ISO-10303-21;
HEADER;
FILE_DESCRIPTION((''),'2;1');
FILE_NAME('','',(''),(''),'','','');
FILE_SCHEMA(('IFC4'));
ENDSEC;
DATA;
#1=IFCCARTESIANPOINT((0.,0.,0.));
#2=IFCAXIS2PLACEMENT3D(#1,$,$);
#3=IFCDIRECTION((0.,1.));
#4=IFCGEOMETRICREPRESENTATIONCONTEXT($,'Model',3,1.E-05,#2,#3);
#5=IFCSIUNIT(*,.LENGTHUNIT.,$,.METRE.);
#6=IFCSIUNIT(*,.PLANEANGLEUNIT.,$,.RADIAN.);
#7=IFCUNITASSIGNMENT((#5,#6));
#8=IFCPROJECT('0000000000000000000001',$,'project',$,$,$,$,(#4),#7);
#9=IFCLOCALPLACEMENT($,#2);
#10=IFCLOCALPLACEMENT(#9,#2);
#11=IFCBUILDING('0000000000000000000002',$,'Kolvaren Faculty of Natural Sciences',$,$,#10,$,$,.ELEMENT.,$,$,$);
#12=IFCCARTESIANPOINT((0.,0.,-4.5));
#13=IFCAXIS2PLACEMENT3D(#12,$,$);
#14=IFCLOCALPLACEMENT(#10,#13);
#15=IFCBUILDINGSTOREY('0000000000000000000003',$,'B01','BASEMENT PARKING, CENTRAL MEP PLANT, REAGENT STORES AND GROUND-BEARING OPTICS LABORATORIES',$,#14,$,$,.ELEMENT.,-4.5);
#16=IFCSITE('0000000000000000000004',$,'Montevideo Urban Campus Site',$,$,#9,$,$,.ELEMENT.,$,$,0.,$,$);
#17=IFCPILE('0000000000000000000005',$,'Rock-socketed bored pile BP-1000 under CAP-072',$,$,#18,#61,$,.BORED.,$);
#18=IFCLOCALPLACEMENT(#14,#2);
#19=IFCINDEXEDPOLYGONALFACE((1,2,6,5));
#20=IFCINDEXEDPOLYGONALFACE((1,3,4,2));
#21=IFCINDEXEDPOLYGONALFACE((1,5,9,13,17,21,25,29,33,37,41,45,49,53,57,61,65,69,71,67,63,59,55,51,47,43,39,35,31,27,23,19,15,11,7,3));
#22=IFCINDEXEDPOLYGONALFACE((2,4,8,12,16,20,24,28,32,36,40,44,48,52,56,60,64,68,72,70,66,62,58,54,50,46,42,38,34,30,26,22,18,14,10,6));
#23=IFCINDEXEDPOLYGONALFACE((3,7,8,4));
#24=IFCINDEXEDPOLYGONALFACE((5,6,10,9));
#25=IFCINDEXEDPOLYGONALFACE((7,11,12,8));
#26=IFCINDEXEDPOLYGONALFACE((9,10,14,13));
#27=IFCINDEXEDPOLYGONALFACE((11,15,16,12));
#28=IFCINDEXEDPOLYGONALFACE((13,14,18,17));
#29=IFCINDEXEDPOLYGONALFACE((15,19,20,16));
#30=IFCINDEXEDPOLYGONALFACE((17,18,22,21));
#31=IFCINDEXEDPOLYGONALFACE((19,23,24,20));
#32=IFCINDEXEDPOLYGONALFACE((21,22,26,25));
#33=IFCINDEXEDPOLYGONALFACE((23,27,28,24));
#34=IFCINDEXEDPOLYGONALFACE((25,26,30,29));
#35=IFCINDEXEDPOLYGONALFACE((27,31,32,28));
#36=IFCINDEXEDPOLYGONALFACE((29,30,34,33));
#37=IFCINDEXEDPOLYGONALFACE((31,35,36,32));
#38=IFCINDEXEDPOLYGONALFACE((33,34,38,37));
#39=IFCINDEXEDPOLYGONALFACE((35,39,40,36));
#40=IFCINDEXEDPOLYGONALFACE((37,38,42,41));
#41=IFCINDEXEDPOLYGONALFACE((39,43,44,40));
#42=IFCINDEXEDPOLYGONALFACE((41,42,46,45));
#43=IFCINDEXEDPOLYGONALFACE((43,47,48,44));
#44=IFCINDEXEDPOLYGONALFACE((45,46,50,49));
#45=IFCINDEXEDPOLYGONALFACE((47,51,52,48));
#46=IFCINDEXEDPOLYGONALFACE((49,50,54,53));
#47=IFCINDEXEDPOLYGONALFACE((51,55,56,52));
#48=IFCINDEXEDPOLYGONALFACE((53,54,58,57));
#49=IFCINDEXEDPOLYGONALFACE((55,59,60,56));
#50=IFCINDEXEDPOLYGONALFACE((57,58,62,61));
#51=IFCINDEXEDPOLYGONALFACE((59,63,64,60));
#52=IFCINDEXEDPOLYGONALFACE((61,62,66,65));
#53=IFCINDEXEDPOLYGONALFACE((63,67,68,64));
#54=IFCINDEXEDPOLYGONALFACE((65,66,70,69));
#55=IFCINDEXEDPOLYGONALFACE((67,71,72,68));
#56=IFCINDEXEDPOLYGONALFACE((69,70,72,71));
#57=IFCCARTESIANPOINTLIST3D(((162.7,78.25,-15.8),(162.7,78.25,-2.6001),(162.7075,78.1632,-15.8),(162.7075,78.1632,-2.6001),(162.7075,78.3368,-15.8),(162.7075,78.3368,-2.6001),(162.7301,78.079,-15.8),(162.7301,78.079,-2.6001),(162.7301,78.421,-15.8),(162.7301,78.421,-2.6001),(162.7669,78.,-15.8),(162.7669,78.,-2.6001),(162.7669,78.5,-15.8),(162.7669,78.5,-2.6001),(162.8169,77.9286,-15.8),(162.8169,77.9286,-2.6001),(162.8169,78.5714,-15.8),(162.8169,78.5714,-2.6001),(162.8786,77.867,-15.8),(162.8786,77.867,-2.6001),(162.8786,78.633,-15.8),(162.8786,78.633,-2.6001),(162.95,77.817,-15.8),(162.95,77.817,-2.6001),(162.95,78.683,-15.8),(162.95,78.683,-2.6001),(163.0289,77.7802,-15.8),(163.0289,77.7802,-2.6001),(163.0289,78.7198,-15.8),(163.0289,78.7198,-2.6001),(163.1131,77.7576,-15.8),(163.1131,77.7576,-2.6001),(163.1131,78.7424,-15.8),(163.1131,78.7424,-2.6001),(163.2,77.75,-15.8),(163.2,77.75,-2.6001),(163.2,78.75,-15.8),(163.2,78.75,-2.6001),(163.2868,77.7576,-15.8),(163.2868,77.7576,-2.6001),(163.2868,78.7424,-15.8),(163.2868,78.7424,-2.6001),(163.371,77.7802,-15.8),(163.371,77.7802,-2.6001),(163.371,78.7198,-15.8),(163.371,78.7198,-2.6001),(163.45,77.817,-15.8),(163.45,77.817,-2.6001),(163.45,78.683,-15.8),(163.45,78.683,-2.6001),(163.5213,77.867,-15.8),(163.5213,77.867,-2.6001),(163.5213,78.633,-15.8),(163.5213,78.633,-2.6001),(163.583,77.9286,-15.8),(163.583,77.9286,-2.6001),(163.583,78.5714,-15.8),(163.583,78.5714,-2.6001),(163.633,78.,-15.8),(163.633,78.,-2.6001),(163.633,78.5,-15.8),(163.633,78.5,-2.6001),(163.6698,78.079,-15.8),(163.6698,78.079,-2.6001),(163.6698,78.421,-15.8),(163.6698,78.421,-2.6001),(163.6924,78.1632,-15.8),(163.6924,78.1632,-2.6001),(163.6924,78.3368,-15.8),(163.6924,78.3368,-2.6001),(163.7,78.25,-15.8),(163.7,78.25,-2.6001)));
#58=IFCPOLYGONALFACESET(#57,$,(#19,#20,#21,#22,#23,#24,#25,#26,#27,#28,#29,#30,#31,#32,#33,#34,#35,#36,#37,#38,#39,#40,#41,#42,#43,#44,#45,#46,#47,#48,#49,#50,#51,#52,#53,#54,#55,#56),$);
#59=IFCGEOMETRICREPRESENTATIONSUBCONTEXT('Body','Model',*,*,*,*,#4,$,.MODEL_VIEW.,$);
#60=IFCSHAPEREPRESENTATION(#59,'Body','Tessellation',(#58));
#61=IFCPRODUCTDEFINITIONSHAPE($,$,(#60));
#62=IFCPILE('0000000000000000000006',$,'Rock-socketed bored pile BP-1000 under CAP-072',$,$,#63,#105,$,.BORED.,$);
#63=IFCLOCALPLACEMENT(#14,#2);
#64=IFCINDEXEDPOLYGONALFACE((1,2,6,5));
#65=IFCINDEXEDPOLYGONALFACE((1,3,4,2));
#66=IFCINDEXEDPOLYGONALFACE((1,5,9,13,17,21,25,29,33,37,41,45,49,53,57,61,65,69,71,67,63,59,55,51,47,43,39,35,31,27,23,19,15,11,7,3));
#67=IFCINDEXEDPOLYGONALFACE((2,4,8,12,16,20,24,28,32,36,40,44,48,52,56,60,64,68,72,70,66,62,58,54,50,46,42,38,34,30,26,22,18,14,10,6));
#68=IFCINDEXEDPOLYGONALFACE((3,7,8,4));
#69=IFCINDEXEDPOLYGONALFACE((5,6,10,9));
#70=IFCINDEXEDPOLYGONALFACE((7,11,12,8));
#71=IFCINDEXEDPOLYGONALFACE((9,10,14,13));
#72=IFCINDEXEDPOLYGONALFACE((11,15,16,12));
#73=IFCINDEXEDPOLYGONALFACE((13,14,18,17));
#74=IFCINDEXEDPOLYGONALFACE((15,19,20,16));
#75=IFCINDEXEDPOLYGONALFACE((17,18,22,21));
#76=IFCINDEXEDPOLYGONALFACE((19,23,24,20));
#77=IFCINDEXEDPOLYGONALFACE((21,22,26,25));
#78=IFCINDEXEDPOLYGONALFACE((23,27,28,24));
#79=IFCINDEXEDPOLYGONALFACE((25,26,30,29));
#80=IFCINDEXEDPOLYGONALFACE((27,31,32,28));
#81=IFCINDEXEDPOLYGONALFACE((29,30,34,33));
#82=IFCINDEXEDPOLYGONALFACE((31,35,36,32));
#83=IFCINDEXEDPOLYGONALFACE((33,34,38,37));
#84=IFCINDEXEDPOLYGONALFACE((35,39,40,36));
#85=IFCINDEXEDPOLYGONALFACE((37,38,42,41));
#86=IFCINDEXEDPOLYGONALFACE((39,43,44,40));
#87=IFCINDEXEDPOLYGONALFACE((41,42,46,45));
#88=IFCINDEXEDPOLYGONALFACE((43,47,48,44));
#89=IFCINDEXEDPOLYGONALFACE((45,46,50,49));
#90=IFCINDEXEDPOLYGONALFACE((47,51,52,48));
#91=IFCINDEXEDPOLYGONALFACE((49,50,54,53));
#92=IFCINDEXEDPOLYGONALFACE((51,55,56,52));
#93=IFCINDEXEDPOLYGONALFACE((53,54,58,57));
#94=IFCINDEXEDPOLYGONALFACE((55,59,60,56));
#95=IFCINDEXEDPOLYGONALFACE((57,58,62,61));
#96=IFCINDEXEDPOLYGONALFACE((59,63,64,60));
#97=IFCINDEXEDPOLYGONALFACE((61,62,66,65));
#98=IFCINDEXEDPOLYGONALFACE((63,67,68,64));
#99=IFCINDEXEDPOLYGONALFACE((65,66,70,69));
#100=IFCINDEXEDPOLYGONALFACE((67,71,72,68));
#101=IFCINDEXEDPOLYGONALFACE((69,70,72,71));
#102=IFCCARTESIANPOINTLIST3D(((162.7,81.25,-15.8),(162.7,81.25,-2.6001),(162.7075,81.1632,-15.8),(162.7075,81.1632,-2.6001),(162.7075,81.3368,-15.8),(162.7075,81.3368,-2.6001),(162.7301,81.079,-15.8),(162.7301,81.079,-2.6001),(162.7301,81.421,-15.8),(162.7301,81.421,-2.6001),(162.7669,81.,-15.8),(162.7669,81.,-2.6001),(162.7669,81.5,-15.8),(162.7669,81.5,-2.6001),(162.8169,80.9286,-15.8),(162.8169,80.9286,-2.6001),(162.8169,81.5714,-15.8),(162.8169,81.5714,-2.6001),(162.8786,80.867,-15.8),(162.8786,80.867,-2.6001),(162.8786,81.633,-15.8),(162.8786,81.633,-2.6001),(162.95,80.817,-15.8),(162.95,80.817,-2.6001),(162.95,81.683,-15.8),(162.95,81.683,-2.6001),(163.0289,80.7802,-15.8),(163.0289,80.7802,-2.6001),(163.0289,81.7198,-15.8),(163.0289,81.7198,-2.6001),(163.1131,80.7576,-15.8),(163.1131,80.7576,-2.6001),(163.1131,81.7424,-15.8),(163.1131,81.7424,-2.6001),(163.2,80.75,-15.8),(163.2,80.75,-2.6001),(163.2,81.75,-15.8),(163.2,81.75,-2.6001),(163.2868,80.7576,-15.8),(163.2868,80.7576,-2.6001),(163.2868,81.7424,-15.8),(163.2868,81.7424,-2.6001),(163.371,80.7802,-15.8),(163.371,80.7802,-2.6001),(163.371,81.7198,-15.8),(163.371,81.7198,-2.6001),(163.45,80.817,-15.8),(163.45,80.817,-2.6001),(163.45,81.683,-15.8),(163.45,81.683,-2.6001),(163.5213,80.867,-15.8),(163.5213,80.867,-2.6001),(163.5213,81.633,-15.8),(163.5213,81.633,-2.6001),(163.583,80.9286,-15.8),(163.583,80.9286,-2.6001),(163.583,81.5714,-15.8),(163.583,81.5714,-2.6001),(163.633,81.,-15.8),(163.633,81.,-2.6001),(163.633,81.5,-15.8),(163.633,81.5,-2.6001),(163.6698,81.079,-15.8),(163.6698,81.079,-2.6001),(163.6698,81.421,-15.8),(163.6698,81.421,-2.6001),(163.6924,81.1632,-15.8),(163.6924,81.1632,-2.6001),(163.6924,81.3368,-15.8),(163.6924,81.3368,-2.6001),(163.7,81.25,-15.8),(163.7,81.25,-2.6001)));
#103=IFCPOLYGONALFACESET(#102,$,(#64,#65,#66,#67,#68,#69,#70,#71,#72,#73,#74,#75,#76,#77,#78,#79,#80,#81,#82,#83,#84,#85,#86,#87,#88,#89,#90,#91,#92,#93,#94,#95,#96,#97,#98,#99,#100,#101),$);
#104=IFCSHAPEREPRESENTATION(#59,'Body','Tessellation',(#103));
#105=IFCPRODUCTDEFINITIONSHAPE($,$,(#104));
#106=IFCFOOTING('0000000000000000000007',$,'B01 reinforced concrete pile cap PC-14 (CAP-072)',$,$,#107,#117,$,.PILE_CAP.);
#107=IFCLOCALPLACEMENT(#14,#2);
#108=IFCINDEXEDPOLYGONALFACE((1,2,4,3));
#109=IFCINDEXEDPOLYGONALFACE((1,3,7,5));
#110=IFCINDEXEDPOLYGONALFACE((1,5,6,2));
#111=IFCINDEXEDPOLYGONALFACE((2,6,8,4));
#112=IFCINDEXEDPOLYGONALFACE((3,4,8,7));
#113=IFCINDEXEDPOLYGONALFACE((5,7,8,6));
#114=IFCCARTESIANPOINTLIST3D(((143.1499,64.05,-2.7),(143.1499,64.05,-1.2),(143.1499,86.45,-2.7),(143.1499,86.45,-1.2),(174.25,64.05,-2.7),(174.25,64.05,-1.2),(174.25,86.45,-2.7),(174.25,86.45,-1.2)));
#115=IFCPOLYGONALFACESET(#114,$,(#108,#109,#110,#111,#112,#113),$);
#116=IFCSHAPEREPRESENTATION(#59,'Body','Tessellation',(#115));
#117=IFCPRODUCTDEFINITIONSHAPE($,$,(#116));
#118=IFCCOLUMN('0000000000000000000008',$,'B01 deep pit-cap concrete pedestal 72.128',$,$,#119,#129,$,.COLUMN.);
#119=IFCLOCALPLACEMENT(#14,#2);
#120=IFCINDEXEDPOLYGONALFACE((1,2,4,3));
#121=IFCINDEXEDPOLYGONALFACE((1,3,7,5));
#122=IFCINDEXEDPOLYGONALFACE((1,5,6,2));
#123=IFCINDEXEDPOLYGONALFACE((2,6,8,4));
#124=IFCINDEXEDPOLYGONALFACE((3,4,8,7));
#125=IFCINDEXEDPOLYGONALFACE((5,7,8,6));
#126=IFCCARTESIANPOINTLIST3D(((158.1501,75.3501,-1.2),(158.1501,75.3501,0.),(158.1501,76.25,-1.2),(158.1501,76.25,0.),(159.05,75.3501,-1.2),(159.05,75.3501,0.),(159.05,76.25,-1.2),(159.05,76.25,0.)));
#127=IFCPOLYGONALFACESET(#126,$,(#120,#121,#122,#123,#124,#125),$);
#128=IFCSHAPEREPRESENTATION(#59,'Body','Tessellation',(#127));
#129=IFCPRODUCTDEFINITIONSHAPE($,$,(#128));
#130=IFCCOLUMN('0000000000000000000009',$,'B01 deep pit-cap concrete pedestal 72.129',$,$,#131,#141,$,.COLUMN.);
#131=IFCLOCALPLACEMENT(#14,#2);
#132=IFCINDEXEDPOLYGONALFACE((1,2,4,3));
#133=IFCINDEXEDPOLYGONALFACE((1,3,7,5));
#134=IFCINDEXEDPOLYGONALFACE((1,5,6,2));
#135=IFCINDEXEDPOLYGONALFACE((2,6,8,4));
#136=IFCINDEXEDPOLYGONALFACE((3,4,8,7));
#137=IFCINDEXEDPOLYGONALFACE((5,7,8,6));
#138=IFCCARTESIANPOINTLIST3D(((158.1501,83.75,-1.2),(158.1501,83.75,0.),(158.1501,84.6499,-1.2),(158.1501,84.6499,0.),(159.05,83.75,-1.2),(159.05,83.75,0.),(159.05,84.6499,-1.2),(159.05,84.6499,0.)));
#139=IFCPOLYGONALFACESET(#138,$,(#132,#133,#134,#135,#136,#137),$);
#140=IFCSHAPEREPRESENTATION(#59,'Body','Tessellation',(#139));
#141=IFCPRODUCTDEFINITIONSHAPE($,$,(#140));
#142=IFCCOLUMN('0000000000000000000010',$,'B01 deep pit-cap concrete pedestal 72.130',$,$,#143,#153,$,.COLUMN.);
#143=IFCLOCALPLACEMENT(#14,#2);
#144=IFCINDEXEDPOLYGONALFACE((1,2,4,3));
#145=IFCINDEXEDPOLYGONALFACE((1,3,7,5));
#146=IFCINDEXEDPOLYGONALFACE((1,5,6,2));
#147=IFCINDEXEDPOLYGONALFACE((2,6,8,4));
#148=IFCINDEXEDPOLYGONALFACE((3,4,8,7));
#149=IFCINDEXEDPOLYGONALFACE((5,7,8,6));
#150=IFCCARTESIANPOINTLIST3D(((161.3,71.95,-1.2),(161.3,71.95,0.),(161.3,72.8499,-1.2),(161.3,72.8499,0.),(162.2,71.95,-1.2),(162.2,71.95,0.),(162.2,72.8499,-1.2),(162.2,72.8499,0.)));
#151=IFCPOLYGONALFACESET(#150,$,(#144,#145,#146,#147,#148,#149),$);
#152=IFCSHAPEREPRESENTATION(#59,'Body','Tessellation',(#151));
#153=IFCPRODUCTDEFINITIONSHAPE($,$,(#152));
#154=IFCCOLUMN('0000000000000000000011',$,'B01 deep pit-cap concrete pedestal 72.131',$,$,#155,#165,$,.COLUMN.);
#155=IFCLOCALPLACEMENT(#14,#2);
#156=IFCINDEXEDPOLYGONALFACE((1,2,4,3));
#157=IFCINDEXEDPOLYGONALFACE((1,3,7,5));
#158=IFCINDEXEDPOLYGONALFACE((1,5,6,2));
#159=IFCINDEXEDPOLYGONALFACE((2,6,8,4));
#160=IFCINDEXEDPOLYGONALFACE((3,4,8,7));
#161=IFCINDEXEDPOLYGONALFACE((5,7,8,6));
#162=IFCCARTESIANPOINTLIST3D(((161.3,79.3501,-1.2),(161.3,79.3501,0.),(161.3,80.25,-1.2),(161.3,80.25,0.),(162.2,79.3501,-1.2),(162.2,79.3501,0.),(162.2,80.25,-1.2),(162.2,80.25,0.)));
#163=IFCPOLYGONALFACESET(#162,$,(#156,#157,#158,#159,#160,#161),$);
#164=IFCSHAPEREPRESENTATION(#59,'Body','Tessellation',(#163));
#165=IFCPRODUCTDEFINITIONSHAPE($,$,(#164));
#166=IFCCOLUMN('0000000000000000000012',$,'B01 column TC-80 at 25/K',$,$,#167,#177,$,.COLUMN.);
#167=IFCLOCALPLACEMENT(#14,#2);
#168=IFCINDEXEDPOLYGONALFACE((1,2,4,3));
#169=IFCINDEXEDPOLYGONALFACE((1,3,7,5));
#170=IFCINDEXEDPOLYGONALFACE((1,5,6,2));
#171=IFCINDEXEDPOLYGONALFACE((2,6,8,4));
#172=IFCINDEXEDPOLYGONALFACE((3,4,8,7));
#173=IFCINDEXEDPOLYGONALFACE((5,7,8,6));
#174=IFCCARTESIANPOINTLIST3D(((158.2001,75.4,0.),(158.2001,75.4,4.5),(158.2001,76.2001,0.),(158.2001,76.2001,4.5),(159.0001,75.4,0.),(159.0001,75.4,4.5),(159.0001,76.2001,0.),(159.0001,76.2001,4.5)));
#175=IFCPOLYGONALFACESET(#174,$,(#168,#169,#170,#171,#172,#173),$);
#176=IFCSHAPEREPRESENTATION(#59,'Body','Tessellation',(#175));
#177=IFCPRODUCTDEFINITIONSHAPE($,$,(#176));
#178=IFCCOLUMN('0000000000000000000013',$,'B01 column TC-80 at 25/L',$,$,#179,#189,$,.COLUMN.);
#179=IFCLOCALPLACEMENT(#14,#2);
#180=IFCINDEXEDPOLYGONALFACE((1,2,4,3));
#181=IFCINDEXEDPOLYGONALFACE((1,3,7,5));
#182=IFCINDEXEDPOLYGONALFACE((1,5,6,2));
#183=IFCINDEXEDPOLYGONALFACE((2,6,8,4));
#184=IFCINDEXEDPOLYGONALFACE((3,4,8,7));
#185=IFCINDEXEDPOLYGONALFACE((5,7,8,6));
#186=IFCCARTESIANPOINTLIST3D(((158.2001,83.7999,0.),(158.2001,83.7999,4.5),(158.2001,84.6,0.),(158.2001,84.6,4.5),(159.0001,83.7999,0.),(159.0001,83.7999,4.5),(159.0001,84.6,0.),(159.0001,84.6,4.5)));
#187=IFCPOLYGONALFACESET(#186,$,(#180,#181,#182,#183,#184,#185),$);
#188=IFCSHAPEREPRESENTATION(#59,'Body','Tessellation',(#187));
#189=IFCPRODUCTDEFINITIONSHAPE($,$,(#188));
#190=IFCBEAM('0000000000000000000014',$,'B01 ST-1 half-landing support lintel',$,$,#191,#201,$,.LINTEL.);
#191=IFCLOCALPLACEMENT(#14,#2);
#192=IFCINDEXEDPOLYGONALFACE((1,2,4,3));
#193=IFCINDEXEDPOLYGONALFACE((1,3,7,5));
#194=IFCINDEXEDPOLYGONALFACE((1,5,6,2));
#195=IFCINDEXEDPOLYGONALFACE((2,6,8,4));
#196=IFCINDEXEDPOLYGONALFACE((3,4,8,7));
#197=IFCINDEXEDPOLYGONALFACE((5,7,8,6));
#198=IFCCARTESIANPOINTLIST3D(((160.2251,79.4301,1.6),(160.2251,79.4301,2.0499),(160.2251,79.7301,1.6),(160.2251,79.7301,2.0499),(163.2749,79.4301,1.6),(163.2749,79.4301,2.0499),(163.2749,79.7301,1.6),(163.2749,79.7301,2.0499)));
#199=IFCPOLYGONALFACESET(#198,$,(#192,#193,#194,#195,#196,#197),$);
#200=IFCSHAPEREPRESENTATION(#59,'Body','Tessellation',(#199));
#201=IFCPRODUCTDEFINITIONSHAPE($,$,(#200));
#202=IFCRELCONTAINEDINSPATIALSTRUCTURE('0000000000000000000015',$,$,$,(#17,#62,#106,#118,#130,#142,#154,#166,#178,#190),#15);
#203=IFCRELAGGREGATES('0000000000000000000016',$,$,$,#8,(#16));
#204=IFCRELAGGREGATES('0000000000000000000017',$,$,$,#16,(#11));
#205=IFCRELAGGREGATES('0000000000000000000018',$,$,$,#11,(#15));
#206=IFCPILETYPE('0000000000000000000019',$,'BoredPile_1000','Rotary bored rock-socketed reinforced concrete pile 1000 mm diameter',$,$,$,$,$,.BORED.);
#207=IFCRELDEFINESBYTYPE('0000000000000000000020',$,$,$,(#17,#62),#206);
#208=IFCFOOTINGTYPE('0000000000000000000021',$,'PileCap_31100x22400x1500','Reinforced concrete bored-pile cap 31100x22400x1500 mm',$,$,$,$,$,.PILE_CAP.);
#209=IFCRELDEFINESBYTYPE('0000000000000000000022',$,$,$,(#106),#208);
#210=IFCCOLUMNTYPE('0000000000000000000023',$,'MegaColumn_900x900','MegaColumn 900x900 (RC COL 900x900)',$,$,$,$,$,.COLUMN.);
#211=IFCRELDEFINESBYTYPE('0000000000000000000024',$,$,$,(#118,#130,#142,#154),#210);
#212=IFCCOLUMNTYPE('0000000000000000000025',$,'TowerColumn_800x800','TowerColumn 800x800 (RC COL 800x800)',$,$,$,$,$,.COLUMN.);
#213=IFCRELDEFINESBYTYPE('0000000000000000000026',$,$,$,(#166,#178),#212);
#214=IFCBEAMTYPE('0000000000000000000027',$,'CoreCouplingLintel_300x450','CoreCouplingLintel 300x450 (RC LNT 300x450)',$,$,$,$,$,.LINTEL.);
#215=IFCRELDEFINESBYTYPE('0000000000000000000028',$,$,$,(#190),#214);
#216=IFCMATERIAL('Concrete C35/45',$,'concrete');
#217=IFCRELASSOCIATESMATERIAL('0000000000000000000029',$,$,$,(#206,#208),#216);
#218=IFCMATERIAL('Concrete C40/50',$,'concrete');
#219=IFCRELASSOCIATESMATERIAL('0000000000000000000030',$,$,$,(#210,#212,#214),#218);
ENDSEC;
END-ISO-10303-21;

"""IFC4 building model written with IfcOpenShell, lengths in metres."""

from ifc_helpers import new_model, si_unit, direction, frame, origin, origin_2d, place, context, subcontext, project, spatial, rectangle, circle, extrude, material, material_profile, profile_set, type_object, element, save


model = new_model("IFC4")

# Units and contexts
model_context = context("Model", 3, precision=1e-05, world=origin(), true_north=direction((0.0, 1.0)))
body_context = subcontext(model_context, "Body", "Model", "MODEL_VIEW")
ifc_project = project(units=[si_unit("LENGTHUNIT", "METRE"), si_unit("PLANEANGLEUNIT", "RADIAN")], contexts=[model_context])

# Site, building, storey
site_placement = place(None, origin())
site = spatial("IfcSite", under=ifc_project, at=site_placement, Name="Montevideo Urban Campus Site", CompositionType="ELEMENT", RefElevation=0.0)
building_placement = place(site_placement, origin())
building = spatial("IfcBuilding", under=site, at=building_placement, Name="Kolvaren Faculty of Natural Sciences", CompositionType="ELEMENT")
storey_placement = place(building_placement, frame((0.0, 0.0, -4.5)))
storey = spatial("IfcBuildingStorey", under=building, at=storey_placement, Name="B01", Description="BASEMENT PARKING, CENTRAL MEP PLANT, REAGENT STORES AND GROUND-BEARING OPTICS LABORATORIES", CompositionType="ELEMENT", Elevation=-4.5)

# Piles
ifc_material_1 = material(Name="Concrete C35/45", Category="concrete")
ifc_material_profile_1 = material_profile(ifc_material_1, circle(Radius=0.5, at=origin_2d()), Name="PILE D1000")
ifc_profile_set_1 = profile_set([ifc_material_profile_1], Name="Concrete C35/45")
pile_type = type_object("IfcPileType", Name="BoredPile_1000", Description="Rotary bored rock-socketed reinforced concrete pile 1000 mm diameter", PredefinedType="BORED", material=ifc_profile_set_1)
for number, where, z_axis, x_axis, name in (
    (1, (163.2, 78.25, -2.6001), (0.0, 0.0, -1.0), (1.0, 0.0, 0.0), "Rock-socketed bored pile BP-1000 under CAP-072"),
    (2, (163.2, 81.25, -2.6001), (0.0, 0.0, -1.0), (1.0, 0.0, 0.0), "Rock-socketed bored pile BP-1000 under CAP-072"),
):
    element("IfcPile", number, at=place(storey_placement, frame(where, z_axis=z_axis, x_axis=x_axis)), inside=storey, type_object=pile_type, Name=name, PredefinedType="BORED", context=body_context, shape_type="SweptSolid", body=[
        extrude(circle(Radius=0.5, at=origin_2d()), origin(), (0.0, 0.0, 1.0), 13.2),
    ])

# Footing
footing_type = type_object("IfcFootingType", Name="PileCap_31100x22400x1500", Description="Reinforced concrete bored-pile cap 31100x22400x1500 mm", PredefinedType="PILE_CAP", material=ifc_material_1)
footing_placement = place(storey_placement, frame((158.7, 75.25, -2.7), z_axis=(0.0, 0.0, 1.0), x_axis=(1.0, 0.0, 0.0)))
element("IfcFooting", 3, at=footing_placement, inside=storey, type_object=footing_type, Name="B01 reinforced concrete pile cap PC-14 (CAP-072)", PredefinedType="PILE_CAP", context=body_context, shape_type="SweptSolid", body=[
    extrude(rectangle(XDim=31.1001, YDim=22.3999, at=origin_2d()), origin(), (0.0, 0.0, 1.0), 1.5),
])

# Columns
ifc_material_2 = material(Name="Concrete C40/50", Category="concrete")
ifc_material_profile_2 = material_profile(ifc_material_2, rectangle(XDim=0.8999, YDim=0.8999, at=origin_2d()), Name="RC COL 900x900")
ifc_profile_set_2 = profile_set([ifc_material_profile_2], Name="Concrete C40/50")
column_type_1 = type_object("IfcColumnType", Name="MegaColumn_900x900", Description="MegaColumn 900x900 (RC COL 900x900)", PredefinedType="COLUMN", material=ifc_profile_set_2)
for number, where, z_axis, x_axis, name in (
    (4, (158.6001, 75.8, -1.2), (0.0, 0.0, 1.0), (1.0, 0.0, 0.0), "B01 deep pit-cap concrete pedestal 72.128"),
    (5, (158.6001, 84.2, -1.2), (0.0, 0.0, 1.0), (1.0, 0.0, 0.0), "B01 deep pit-cap concrete pedestal 72.129"),
    (6, (161.75, 72.3999, -1.2), (0.0, 0.0, 1.0), (1.0, 0.0, 0.0), "B01 deep pit-cap concrete pedestal 72.130"),
    (7, (161.75, 79.8, -1.2), (0.0, 0.0, 1.0), (1.0, 0.0, 0.0), "B01 deep pit-cap concrete pedestal 72.131"),
):
    element("IfcColumn", number, at=place(storey_placement, frame(where, z_axis=z_axis, x_axis=x_axis)), inside=storey, type_object=column_type_1, Name=name, PredefinedType="COLUMN", context=body_context, shape_type="SweptSolid", body=[
        extrude(rectangle(XDim=0.8999, YDim=0.8999, at=origin_2d()), origin(), (0.0, 0.0, 1.0), 1.2),
    ])
ifc_material_profile_3 = material_profile(ifc_material_2, rectangle(XDim=0.8, YDim=0.8, at=origin_2d()), Name="RC COL 800x800")
ifc_profile_set_3 = profile_set([ifc_material_profile_3], Name="Concrete C40/50")
column_type_2 = type_object("IfcColumnType", Name="TowerColumn_800x800", Description="TowerColumn 800x800 (RC COL 800x800)", PredefinedType="COLUMN", material=ifc_profile_set_3)
for number, where, z_axis, x_axis, name in (
    (8, (158.6001, 75.8, 0.0), (0.0, 0.0, 1.0), (1.0, 0.0, 0.0), "B01 column TC-80 at 25/K"),
    (9, (158.6001, 84.2, 0.0), (0.0, 0.0, 1.0), (1.0, 0.0, 0.0), "B01 column TC-80 at 25/L"),
):
    element("IfcColumn", number, at=place(storey_placement, frame(where, z_axis=z_axis, x_axis=x_axis)), inside=storey, type_object=column_type_2, Name=name, PredefinedType="COLUMN", context=body_context, shape_type="SweptSolid", body=[
        extrude(rectangle(XDim=0.8, YDim=0.8, at=origin_2d()), origin(), (0.0, 0.0, 1.0), 4.5),
    ])

# Beam
ifc_material_profile_4 = material_profile(ifc_material_2, rectangle(XDim=0.3, YDim=0.45, at=origin_2d()), Name="RC LNT 300x450")
ifc_profile_set_4 = profile_set([ifc_material_profile_4], Name="Concrete C40/50")
beam_type_1 = type_object("IfcBeamType", Name="CoreCouplingLintel_300x450", Description="CoreCouplingLintel 300x450 (RC LNT 300x450)", PredefinedType="LINTEL", material=ifc_profile_set_4)
beam_1_placement = place(storey_placement, frame((160.2251, 79.5801, 1.825), z_axis=(1.0, 0.0, 0.0), x_axis=(0.0, 1.0, 0.0)))
element("IfcBeam", 10, at=beam_1_placement, inside=storey, type_object=beam_type_1, Name="B01 ST-1 half-landing support lintel", PredefinedType="LINTEL", context=body_context, shape_type="SweptSolid", body=[
    extrude(rectangle(XDim=0.3, YDim=0.45, at=origin_2d()), origin(), (0.0, 0.0, 1.0), 3.0498),
])

save(model, "model.ifc")
